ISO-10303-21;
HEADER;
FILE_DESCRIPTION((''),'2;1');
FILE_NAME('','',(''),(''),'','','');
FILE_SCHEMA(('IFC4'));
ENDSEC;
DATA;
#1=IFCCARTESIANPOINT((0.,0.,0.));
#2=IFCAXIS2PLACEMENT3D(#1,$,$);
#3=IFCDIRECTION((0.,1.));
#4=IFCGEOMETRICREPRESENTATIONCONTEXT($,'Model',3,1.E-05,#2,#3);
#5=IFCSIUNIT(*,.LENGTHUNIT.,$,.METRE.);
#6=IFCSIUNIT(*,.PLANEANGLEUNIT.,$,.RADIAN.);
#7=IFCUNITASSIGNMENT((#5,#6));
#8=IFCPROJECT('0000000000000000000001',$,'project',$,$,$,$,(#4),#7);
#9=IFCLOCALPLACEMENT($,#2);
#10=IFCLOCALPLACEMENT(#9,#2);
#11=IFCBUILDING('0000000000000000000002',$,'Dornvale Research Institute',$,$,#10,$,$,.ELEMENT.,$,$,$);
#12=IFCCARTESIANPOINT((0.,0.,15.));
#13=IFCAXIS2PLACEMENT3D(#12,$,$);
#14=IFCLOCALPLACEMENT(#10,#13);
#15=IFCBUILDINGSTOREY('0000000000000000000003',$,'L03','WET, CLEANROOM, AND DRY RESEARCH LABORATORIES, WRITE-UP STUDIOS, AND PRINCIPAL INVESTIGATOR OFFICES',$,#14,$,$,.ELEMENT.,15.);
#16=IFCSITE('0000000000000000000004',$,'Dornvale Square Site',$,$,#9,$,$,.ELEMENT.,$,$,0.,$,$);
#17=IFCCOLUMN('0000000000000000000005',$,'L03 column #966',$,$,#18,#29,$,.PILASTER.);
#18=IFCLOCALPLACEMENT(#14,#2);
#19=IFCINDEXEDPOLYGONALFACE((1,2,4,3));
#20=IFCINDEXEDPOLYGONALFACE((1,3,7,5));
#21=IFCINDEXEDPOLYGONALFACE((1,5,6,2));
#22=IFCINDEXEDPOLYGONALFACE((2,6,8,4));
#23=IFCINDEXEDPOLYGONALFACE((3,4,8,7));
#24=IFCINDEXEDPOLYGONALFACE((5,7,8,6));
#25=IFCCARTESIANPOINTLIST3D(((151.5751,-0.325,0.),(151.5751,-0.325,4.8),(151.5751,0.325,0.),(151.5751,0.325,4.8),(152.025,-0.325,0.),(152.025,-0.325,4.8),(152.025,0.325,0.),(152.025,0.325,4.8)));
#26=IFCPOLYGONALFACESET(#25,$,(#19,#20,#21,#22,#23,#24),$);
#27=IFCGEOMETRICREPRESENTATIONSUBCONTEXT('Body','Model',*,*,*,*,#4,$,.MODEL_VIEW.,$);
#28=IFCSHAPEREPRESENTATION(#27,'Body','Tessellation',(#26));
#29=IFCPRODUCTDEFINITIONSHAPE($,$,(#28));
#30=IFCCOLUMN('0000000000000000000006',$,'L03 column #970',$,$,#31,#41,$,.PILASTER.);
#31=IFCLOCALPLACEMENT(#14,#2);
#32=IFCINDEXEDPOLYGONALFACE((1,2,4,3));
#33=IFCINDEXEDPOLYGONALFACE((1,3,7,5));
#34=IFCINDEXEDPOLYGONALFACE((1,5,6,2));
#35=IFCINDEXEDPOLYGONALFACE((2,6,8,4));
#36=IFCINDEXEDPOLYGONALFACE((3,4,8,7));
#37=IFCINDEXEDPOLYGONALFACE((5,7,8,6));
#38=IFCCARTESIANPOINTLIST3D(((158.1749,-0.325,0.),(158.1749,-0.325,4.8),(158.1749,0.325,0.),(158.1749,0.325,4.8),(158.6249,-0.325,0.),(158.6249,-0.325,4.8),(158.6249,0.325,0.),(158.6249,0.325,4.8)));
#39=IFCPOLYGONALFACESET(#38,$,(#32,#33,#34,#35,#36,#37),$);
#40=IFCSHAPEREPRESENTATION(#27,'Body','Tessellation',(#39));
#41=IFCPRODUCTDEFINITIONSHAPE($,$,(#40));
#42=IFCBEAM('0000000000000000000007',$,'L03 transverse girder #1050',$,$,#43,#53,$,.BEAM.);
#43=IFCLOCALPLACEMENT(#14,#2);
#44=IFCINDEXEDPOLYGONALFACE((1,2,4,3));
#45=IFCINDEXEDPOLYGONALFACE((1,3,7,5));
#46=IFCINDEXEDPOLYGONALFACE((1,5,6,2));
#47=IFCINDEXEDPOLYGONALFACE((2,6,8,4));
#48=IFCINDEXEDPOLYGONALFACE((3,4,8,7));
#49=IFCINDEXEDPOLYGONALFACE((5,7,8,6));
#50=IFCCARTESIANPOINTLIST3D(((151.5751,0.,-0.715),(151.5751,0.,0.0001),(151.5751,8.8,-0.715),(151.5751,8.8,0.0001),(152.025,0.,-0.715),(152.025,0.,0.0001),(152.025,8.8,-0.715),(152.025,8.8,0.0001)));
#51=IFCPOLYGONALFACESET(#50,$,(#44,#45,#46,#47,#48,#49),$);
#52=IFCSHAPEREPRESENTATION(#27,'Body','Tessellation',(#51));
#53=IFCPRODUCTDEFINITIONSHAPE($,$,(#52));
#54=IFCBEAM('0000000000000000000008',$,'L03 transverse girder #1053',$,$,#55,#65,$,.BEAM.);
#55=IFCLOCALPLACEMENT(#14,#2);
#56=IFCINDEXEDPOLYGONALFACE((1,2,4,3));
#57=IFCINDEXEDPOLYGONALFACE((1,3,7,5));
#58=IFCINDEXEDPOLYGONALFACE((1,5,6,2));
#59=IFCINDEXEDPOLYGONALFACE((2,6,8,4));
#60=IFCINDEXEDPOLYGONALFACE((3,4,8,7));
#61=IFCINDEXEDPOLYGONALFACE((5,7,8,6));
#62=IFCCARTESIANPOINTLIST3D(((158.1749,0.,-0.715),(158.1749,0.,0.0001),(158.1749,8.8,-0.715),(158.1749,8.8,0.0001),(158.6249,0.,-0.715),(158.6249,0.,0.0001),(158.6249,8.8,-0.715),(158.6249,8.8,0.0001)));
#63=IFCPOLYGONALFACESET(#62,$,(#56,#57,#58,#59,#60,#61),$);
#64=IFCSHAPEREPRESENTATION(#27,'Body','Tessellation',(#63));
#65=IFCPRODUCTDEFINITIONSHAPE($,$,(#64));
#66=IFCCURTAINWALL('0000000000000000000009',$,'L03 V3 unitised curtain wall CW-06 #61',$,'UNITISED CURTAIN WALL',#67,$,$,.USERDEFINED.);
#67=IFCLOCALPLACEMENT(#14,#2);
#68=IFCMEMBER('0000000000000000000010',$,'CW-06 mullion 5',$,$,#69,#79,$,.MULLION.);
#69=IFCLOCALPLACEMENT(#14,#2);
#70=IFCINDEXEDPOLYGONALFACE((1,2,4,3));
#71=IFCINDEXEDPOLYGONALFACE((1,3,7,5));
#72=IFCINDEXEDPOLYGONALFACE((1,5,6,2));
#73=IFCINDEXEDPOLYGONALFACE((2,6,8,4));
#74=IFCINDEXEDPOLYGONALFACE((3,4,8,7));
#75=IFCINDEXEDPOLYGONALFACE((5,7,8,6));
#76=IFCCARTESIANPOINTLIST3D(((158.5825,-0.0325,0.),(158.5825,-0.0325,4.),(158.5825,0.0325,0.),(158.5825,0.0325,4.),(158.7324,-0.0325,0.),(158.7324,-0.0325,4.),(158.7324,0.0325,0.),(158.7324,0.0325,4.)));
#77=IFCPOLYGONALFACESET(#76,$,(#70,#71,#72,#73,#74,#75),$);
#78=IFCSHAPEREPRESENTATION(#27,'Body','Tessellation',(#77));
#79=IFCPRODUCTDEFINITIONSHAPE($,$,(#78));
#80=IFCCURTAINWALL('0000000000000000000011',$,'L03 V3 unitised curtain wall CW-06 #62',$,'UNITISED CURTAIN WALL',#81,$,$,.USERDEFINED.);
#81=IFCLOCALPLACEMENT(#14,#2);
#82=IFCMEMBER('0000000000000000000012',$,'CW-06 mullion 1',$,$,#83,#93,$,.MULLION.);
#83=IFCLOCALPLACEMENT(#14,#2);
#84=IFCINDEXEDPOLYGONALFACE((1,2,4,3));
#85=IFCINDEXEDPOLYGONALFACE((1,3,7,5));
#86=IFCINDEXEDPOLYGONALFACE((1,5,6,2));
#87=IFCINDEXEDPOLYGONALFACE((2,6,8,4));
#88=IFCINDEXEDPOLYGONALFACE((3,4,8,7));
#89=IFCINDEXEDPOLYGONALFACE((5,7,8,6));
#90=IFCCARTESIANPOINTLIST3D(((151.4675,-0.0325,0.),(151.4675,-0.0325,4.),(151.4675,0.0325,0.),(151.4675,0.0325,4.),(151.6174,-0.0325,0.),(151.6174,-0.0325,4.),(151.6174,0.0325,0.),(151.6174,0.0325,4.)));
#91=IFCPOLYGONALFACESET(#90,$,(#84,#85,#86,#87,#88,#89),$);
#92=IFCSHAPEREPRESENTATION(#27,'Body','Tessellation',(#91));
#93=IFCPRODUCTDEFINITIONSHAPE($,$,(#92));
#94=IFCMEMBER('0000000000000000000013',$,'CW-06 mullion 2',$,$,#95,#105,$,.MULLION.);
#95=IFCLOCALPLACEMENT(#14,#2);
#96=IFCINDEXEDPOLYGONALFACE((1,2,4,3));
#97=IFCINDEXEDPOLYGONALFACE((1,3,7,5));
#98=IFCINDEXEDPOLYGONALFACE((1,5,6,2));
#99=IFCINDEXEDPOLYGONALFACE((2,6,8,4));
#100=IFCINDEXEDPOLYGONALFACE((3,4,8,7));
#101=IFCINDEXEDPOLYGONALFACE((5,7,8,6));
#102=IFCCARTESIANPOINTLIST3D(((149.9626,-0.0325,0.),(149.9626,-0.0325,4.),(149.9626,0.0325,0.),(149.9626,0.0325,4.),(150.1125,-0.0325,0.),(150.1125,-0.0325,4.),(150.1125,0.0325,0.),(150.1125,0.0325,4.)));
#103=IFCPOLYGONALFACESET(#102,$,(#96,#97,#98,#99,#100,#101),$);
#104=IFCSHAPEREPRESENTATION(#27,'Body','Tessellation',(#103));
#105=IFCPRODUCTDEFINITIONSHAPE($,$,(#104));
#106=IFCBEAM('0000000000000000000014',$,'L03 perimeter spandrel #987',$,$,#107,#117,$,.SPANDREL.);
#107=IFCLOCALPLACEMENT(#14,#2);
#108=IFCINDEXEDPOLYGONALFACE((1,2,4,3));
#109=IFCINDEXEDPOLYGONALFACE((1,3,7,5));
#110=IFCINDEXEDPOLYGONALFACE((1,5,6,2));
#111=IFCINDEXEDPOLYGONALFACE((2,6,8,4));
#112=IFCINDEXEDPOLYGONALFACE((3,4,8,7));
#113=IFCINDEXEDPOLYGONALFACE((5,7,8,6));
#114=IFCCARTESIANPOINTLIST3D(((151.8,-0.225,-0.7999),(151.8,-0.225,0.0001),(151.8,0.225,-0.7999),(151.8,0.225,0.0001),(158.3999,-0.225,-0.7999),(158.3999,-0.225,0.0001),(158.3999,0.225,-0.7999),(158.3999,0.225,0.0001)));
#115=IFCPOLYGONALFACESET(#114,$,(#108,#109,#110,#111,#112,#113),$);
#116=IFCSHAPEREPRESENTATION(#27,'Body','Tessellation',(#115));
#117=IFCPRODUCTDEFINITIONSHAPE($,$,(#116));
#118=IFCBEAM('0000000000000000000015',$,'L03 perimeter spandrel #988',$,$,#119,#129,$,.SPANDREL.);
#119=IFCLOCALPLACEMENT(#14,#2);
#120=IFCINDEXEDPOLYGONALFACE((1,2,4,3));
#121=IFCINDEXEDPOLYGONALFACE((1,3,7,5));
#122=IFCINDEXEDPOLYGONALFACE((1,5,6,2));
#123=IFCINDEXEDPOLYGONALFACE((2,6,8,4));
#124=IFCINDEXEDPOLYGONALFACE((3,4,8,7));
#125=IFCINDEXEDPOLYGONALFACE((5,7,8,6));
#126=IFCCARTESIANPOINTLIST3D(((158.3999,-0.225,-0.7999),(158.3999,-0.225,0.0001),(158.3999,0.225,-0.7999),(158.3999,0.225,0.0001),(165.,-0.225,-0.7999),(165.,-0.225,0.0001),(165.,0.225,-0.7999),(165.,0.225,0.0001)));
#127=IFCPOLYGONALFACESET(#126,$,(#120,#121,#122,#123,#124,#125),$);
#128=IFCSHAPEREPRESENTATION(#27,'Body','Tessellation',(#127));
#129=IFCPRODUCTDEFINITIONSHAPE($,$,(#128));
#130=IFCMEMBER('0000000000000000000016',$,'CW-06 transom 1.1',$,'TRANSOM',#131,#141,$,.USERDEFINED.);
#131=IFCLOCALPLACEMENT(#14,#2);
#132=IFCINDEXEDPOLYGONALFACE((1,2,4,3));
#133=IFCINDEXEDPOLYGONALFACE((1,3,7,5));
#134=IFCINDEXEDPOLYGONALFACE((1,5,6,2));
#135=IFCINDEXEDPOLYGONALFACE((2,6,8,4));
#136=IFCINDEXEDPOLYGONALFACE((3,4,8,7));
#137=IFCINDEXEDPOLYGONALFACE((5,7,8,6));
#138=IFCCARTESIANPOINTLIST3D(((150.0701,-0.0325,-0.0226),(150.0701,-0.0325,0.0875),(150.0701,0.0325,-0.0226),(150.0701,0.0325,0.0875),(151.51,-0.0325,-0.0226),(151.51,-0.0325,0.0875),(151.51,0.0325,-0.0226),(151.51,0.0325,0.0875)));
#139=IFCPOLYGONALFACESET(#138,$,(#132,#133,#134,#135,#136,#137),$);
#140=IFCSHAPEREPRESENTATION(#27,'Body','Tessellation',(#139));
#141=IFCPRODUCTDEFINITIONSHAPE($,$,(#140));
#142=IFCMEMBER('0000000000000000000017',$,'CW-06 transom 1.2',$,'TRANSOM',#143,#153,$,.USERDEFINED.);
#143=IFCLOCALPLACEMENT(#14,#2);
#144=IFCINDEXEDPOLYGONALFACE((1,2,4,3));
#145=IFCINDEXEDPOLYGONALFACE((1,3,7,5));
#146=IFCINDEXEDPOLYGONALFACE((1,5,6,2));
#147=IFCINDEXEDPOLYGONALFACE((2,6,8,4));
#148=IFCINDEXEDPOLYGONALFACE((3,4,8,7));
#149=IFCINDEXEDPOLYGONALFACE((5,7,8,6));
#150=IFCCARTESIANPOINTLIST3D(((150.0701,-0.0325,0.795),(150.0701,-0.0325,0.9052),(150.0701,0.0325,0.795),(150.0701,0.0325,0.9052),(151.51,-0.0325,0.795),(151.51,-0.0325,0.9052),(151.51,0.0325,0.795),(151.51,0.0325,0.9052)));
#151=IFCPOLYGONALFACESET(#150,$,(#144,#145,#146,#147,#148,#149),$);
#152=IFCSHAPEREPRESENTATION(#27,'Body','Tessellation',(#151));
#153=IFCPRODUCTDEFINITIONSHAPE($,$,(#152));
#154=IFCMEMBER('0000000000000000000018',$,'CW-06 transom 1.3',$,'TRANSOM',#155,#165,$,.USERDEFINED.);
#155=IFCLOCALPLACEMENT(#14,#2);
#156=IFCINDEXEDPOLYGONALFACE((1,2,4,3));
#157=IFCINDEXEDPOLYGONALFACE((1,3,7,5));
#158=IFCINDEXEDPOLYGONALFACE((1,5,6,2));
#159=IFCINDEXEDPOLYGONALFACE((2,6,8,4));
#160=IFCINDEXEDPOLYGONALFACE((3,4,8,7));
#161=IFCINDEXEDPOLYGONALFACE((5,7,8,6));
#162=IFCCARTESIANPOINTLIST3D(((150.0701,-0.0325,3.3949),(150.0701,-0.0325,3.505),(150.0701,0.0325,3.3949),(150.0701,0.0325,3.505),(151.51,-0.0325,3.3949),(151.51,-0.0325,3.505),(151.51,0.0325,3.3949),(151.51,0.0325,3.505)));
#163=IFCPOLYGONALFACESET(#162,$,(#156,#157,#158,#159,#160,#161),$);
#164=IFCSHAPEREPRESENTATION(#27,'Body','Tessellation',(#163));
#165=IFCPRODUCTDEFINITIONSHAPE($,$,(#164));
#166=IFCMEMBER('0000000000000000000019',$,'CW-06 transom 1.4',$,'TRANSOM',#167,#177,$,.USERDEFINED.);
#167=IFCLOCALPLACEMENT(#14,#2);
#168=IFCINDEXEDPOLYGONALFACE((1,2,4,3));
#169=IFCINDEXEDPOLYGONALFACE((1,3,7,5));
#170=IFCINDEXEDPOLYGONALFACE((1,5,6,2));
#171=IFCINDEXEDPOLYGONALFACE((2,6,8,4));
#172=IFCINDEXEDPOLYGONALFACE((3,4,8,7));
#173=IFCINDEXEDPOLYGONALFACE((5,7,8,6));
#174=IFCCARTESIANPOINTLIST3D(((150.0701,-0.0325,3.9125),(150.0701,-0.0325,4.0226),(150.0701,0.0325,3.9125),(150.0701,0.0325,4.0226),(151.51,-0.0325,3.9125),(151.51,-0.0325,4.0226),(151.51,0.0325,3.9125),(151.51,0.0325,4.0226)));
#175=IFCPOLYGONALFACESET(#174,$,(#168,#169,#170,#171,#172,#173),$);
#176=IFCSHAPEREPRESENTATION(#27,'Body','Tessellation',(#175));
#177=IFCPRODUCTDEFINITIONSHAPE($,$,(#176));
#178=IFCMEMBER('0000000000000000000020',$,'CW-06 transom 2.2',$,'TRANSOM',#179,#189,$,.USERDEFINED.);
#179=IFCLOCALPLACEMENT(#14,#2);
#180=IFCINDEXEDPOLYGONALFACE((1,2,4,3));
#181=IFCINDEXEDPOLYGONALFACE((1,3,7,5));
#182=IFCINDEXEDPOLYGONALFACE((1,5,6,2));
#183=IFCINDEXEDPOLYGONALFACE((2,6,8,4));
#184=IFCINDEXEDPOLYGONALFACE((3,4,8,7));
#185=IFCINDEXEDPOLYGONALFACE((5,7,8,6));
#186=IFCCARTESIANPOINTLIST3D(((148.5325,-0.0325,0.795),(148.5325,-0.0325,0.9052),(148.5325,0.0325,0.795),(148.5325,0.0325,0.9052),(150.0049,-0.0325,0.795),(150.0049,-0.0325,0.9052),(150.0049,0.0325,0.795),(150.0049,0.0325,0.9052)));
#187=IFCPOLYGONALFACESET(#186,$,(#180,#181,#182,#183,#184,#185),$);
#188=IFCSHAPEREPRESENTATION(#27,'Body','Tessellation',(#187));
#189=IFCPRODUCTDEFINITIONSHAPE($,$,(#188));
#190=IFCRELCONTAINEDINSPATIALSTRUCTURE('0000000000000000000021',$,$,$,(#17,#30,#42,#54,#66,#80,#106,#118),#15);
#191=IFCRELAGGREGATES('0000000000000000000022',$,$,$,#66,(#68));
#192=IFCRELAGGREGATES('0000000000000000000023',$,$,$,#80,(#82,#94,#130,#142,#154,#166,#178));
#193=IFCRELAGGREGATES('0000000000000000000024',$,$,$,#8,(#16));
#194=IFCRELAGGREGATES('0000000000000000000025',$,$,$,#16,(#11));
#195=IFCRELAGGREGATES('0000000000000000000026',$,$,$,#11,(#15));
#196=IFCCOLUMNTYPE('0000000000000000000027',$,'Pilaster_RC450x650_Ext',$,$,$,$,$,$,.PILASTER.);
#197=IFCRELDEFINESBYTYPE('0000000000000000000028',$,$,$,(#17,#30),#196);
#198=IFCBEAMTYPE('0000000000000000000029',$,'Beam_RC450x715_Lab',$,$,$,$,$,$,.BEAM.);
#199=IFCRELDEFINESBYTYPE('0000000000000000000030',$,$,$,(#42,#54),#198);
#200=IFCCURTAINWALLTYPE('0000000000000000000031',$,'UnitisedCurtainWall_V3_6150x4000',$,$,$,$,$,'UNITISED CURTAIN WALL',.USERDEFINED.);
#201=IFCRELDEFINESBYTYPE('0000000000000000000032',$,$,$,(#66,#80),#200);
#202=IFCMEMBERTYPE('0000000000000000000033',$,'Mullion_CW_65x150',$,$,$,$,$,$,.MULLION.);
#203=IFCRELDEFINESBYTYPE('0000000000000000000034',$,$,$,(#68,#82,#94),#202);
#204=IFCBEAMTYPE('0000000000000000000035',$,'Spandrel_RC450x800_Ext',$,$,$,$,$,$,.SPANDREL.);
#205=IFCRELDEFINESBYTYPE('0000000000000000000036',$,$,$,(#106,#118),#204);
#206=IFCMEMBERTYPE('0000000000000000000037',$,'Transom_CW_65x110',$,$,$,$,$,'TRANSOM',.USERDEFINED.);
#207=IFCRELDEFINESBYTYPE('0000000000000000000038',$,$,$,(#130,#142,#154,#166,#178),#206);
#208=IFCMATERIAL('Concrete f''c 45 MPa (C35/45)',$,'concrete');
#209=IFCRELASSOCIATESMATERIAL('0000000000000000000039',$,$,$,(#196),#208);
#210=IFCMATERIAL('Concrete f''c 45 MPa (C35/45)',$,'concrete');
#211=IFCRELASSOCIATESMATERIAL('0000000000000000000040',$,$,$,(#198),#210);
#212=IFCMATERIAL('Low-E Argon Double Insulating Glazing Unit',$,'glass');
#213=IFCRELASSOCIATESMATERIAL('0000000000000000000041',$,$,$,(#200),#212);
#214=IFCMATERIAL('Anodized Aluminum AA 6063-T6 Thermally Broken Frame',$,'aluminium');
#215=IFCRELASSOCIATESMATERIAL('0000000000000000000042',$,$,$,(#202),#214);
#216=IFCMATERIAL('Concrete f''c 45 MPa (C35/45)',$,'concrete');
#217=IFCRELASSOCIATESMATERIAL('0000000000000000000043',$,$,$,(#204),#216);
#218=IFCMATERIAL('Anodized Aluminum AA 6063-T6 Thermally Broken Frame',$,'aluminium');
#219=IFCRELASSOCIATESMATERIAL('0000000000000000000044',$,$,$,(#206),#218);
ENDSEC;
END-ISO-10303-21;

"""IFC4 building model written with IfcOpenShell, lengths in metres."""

from ifc_helpers import new_model, si_unit, direction, frame, origin, origin_2d, place, context, subcontext, project, spatial, rectangle, extrude, material, material_profile, profile_set, type_object, element, aggregate, save


model = new_model("IFC4")

# Units and contexts
model_context = context("Model", 3, precision=1e-05, world=origin(), true_north=direction((0.0, 1.0)))
body_context = subcontext(model_context, "Body", "Model", "MODEL_VIEW")
ifc_project = project(units=[si_unit("LENGTHUNIT", "METRE"), si_unit("PLANEANGLEUNIT", "RADIAN")], contexts=[model_context])

# Site, building, storey
site_placement = place(None, origin())
site = spatial("IfcSite", under=ifc_project, at=site_placement, Name="Dornvale Square Site", CompositionType="ELEMENT", RefElevation=0.0)
building_placement = place(site_placement, origin())
building = spatial("IfcBuilding", under=site, at=building_placement, Name="Dornvale Research Institute", CompositionType="ELEMENT")
storey_placement = place(building_placement, frame((0.0, 0.0, 15.0)))
storey = spatial("IfcBuildingStorey", under=building, at=storey_placement, Name="L03", Description="WET, CLEANROOM, AND DRY RESEARCH LABORATORIES, WRITE-UP STUDIOS, AND PRINCIPAL INVESTIGATOR OFFICES", CompositionType="ELEMENT", Elevation=15.0)

# Columns
ifc_material_1 = material(Name="Concrete f'c 45 MPa (C35/45)", Category="concrete")
ifc_material_profile_1 = material_profile(ifc_material_1, rectangle(XDim=0.45, YDim=0.6499, at=origin_2d()), Name="RC 450x650")
ifc_profile_set_1 = profile_set([ifc_material_profile_1], Name="Concrete f'c 45 MPa (C35/45)")
column_type = type_object("IfcColumnType", Name="Pilaster_RC450x650_Ext", PredefinedType="PILASTER", material=ifc_profile_set_1)
for number, where, z_axis, x_axis, name in (
    (1, (151.8, 0.0, 0.0), (0.0, 0.0, 1.0), (1.0, 0.0, 0.0), "L03 column #966"),
    (2, (158.3999, 0.0, 0.0), (0.0, 0.0, 1.0), (1.0, 0.0, 0.0), "L03 column #970"),
):
    element("IfcColumn", number, at=place(storey_placement, frame(where, z_axis=z_axis, x_axis=x_axis)), inside=storey, type_object=column_type, Name=name, PredefinedType="PILASTER", context=body_context, shape_type="SweptSolid", body=[
        extrude(rectangle(XDim=0.45, YDim=0.6499, at=origin_2d()), origin(), (0.0, 0.0, 1.0), 4.8),
    ])

# Beams
ifc_material_2 = material(Name="Concrete f'c 45 MPa (C35/45)", Category="concrete")
ifc_material_profile_2 = material_profile(ifc_material_2, rectangle(XDim=0.45, YDim=0.7151, at=origin_2d()), Name="RC 450x715")
ifc_profile_set_2 = profile_set([ifc_material_profile_2], Name="Concrete f'c 45 MPa (C35/45)")
beam_type_1 = type_object("IfcBeamType", Name="Beam_RC450x715_Lab", PredefinedType="BEAM", material=ifc_profile_set_2)
for number, where, z_axis, x_axis, name in (
    (3, (151.8, 0.0, -0.3574), (0.0, 1.0, 0.0), (-1.0, 0.0, 0.0), "L03 transverse girder #1050"),
    (4, (158.3999, 0.0, -0.3574), (0.0, 1.0, 0.0), (-1.0, 0.0, 0.0), "L03 transverse girder #1053"),
):
    element("IfcBeam", number, at=place(storey_placement, frame(where, z_axis=z_axis, x_axis=x_axis)), inside=storey, type_object=beam_type_1, Name=name, PredefinedType="BEAM", context=body_context, shape_type="SweptSolid", body=[
        extrude(rectangle(XDim=0.45, YDim=0.7151, at=origin_2d()), origin(), (0.0, 0.0, 1.0), 8.8),
    ])

# Curtain wall, member
ifc_material_3 = material(Name="Low-E Argon Double Insulating Glazing Unit", Category="glass")
curtain_wall_type = type_object("IfcCurtainWallType", Name="UnitisedCurtainWall_V3_6150x4000", ElementType="UNITISED CURTAIN WALL", PredefinedType="USERDEFINED", material=ifc_material_3)
curtain_wall_1_placement = place(storey_placement, origin())
curtain_wall_1 = element("IfcCurtainWall", 5, at=curtain_wall_1_placement, inside=storey, type_object=curtain_wall_type, Name="L03 V3 unitised curtain wall CW-06 #61", ObjectType="UNITISED CURTAIN WALL", PredefinedType="USERDEFINED")
ifc_material_4 = material(Name="Anodized Aluminum AA 6063-T6 Thermally Broken Frame", Category="aluminium")
ifc_material_profile_3 = material_profile(ifc_material_4, rectangle(XDim=0.0649, YDim=0.1499, at=origin_2d()), Name="ALU MULLION 65x150")
ifc_profile_set_3 = profile_set([ifc_material_profile_3], Name="Anodized Aluminum AA 6063-T6 Thermally Broken Frame")
member_type_1 = type_object("IfcMemberType", Name="Mullion_CW_65x150", PredefinedType="MULLION", material=ifc_profile_set_3)
member_1_placement = place(storey_placement, frame((158.6575, 0.0, 0.0), z_axis=(0.0, 0.0, 1.0), x_axis=(0.0, -1.0, 0.0)))
member_1 = element("IfcMember", 6, at=member_1_placement, type_object=member_type_1, Name="CW-06 mullion 5", PredefinedType="MULLION", context=body_context, shape_type="SweptSolid", body=[
    extrude(rectangle(XDim=0.0649, YDim=0.1499, at=origin_2d()), origin(), (0.0, 0.0, 1.0), 4.0),
])

# Curtain wall, members
curtain_wall_2_placement = place(storey_placement, origin())
curtain_wall_2 = element("IfcCurtainWall", 7, at=curtain_wall_2_placement, inside=storey, type_object=curtain_wall_type, Name="L03 V3 unitised curtain wall CW-06 #62", ObjectType="UNITISED CURTAIN WALL", PredefinedType="USERDEFINED")
member_2_placement = place(storey_placement, frame((151.5425, 0.0, 0.0), z_axis=(0.0, 0.0, 1.0), x_axis=(0.0, -1.0, 0.0)))
member_2 = element("IfcMember", 8, at=member_2_placement, type_object=member_type_1, Name="CW-06 mullion 1", PredefinedType="MULLION", context=body_context, shape_type="SweptSolid", body=[
    extrude(rectangle(XDim=0.0649, YDim=0.1499, at=origin_2d()), origin(), (0.0, 0.0, 1.0), 4.0),
])
member_3_placement = place(storey_placement, frame((150.0376, 0.0, 0.0), z_axis=(0.0, 0.0, 1.0), x_axis=(0.0, -1.0, 0.0)))
member_3 = element("IfcMember", 9, at=member_3_placement, type_object=member_type_1, Name="CW-06 mullion 2", PredefinedType="MULLION", context=body_context, shape_type="SweptSolid", body=[
    extrude(rectangle(XDim=0.0649, YDim=0.1499, at=origin_2d()), origin(), (0.0, 0.0, 1.0), 4.0),
])

# Beams
ifc_material_5 = material(Name="Concrete f'c 45 MPa (C35/45)", Category="concrete")
ifc_material_profile_4 = material_profile(ifc_material_5, rectangle(XDim=0.45, YDim=0.8, at=origin_2d()), Name="RC 450x800")
ifc_profile_set_4 = profile_set([ifc_material_profile_4], Name="Concrete f'c 45 MPa (C35/45)")
beam_type_2 = type_object("IfcBeamType", Name="Spandrel_RC450x800_Ext", PredefinedType="SPANDREL", material=ifc_profile_set_4)
beam_1_placement = place(storey_placement, frame((151.8, 0.0, -0.3999), z_axis=(1.0, 0.0, 0.0), x_axis=(0.0, 1.0, 0.0)))
element("IfcBeam", 10, at=beam_1_placement, inside=storey, type_object=beam_type_2, Name="L03 perimeter spandrel #987", PredefinedType="SPANDREL", context=body_context, shape_type="SweptSolid", body=[
    extrude(rectangle(XDim=0.45, YDim=0.8, at=origin_2d()), origin(), (0.0, 0.0, 1.0), 6.5999),
])
beam_2_placement = place(storey_placement, frame((158.3999, 0.0, -0.3999), z_axis=(1.0, 0.0, 0.0), x_axis=(0.0, 1.0, 0.0)))
element("IfcBeam", 11, at=beam_2_placement, inside=storey, type_object=beam_type_2, Name="L03 perimeter spandrel #988", PredefinedType="SPANDREL", context=body_context, shape_type="SweptSolid", body=[
    extrude(rectangle(XDim=0.45, YDim=0.8, at=origin_2d()), origin(), (0.0, 0.0, 1.0), 6.6001),
])

# Members
ifc_material_6 = material(Name="Anodized Aluminum AA 6063-T6 Thermally Broken Frame", Category="aluminium")
ifc_material_profile_5 = material_profile(ifc_material_6, rectangle(XDim=0.0649, YDim=0.1101, at=origin_2d()), Name="ALU TRANSOM 65x110")
ifc_profile_set_5 = profile_set([ifc_material_profile_5], Name="Anodized Aluminum AA 6063-T6 Thermally Broken Frame")
member_type_2 = type_object("IfcMemberType", Name="Transom_CW_65x110", ElementType="TRANSOM", PredefinedType="USERDEFINED", material=ifc_profile_set_5)
member_4_placement = place(storey_placement, frame((151.51, 0.0, 0.0325), z_axis=(-1.0, 0.0, 0.0), x_axis=(0.0, -1.0, 0.0)))
member_4 = element("IfcMember", 12, at=member_4_placement, type_object=member_type_2, Name="CW-06 transom 1.1", ObjectType="TRANSOM", PredefinedType="USERDEFINED", context=body_context, shape_type="SweptSolid", body=[
    extrude(rectangle(XDim=0.0649, YDim=0.1101, at=origin_2d()), origin(), (0.0, 0.0, 1.0), 1.4399),
])
member_5_placement = place(storey_placement, frame((151.51, 0.0, 0.8501), z_axis=(-1.0, 0.0, 0.0), x_axis=(0.0, -1.0, 0.0)))
member_5 = element("IfcMember", 13, at=member_5_placement, type_object=member_type_2, Name="CW-06 transom 1.2", ObjectType="TRANSOM", PredefinedType="USERDEFINED", context=body_context, shape_type="SweptSolid", body=[
    extrude(rectangle(XDim=0.0649, YDim=0.1101, at=origin_2d()), origin(), (0.0, 0.0, 1.0), 1.4399),
])
member_6_placement = place(storey_placement, frame((151.51, 0.0, 3.45), z_axis=(-1.0, 0.0, 0.0), x_axis=(0.0, -1.0, 0.0)))
member_6 = element("IfcMember", 14, at=member_6_placement, type_object=member_type_2, Name="CW-06 transom 1.3", ObjectType="TRANSOM", PredefinedType="USERDEFINED", context=body_context, shape_type="SweptSolid", body=[
    extrude(rectangle(XDim=0.0649, YDim=0.1101, at=origin_2d()), origin(), (0.0, 0.0, 1.0), 1.4399),
])
member_7_placement = place(storey_placement, frame((151.51, 0.0, 3.9675), z_axis=(-1.0, 0.0, 0.0), x_axis=(0.0, -1.0, 0.0)))
member_7 = element("IfcMember", 15, at=member_7_placement, type_object=member_type_2, Name="CW-06 transom 1.4", ObjectType="TRANSOM", PredefinedType="USERDEFINED", context=body_context, shape_type="SweptSolid", body=[
    extrude(rectangle(XDim=0.0649, YDim=0.1101, at=origin_2d()), origin(), (0.0, 0.0, 1.0), 1.4399),
])
member_8_placement = place(storey_placement, frame((150.0049, 0.0, 0.8501), z_axis=(-1.0, 0.0, 0.0), x_axis=(0.0, -1.0, 0.0)))
member_8 = element("IfcMember", 16, at=member_8_placement, type_object=member_type_2, Name="CW-06 transom 2.2", ObjectType="TRANSOM", PredefinedType="USERDEFINED", context=body_context, shape_type="SweptSolid", body=[
    extrude(rectangle(XDim=0.0649, YDim=0.1101, at=origin_2d()), origin(), (0.0, 0.0, 1.0), 1.4724),
])

aggregate(curtain_wall_1, [member_1])
aggregate(curtain_wall_2, [member_2, member_3, member_4, member_5, member_6, member_7, member_8])

save(model, "model.ifc")
